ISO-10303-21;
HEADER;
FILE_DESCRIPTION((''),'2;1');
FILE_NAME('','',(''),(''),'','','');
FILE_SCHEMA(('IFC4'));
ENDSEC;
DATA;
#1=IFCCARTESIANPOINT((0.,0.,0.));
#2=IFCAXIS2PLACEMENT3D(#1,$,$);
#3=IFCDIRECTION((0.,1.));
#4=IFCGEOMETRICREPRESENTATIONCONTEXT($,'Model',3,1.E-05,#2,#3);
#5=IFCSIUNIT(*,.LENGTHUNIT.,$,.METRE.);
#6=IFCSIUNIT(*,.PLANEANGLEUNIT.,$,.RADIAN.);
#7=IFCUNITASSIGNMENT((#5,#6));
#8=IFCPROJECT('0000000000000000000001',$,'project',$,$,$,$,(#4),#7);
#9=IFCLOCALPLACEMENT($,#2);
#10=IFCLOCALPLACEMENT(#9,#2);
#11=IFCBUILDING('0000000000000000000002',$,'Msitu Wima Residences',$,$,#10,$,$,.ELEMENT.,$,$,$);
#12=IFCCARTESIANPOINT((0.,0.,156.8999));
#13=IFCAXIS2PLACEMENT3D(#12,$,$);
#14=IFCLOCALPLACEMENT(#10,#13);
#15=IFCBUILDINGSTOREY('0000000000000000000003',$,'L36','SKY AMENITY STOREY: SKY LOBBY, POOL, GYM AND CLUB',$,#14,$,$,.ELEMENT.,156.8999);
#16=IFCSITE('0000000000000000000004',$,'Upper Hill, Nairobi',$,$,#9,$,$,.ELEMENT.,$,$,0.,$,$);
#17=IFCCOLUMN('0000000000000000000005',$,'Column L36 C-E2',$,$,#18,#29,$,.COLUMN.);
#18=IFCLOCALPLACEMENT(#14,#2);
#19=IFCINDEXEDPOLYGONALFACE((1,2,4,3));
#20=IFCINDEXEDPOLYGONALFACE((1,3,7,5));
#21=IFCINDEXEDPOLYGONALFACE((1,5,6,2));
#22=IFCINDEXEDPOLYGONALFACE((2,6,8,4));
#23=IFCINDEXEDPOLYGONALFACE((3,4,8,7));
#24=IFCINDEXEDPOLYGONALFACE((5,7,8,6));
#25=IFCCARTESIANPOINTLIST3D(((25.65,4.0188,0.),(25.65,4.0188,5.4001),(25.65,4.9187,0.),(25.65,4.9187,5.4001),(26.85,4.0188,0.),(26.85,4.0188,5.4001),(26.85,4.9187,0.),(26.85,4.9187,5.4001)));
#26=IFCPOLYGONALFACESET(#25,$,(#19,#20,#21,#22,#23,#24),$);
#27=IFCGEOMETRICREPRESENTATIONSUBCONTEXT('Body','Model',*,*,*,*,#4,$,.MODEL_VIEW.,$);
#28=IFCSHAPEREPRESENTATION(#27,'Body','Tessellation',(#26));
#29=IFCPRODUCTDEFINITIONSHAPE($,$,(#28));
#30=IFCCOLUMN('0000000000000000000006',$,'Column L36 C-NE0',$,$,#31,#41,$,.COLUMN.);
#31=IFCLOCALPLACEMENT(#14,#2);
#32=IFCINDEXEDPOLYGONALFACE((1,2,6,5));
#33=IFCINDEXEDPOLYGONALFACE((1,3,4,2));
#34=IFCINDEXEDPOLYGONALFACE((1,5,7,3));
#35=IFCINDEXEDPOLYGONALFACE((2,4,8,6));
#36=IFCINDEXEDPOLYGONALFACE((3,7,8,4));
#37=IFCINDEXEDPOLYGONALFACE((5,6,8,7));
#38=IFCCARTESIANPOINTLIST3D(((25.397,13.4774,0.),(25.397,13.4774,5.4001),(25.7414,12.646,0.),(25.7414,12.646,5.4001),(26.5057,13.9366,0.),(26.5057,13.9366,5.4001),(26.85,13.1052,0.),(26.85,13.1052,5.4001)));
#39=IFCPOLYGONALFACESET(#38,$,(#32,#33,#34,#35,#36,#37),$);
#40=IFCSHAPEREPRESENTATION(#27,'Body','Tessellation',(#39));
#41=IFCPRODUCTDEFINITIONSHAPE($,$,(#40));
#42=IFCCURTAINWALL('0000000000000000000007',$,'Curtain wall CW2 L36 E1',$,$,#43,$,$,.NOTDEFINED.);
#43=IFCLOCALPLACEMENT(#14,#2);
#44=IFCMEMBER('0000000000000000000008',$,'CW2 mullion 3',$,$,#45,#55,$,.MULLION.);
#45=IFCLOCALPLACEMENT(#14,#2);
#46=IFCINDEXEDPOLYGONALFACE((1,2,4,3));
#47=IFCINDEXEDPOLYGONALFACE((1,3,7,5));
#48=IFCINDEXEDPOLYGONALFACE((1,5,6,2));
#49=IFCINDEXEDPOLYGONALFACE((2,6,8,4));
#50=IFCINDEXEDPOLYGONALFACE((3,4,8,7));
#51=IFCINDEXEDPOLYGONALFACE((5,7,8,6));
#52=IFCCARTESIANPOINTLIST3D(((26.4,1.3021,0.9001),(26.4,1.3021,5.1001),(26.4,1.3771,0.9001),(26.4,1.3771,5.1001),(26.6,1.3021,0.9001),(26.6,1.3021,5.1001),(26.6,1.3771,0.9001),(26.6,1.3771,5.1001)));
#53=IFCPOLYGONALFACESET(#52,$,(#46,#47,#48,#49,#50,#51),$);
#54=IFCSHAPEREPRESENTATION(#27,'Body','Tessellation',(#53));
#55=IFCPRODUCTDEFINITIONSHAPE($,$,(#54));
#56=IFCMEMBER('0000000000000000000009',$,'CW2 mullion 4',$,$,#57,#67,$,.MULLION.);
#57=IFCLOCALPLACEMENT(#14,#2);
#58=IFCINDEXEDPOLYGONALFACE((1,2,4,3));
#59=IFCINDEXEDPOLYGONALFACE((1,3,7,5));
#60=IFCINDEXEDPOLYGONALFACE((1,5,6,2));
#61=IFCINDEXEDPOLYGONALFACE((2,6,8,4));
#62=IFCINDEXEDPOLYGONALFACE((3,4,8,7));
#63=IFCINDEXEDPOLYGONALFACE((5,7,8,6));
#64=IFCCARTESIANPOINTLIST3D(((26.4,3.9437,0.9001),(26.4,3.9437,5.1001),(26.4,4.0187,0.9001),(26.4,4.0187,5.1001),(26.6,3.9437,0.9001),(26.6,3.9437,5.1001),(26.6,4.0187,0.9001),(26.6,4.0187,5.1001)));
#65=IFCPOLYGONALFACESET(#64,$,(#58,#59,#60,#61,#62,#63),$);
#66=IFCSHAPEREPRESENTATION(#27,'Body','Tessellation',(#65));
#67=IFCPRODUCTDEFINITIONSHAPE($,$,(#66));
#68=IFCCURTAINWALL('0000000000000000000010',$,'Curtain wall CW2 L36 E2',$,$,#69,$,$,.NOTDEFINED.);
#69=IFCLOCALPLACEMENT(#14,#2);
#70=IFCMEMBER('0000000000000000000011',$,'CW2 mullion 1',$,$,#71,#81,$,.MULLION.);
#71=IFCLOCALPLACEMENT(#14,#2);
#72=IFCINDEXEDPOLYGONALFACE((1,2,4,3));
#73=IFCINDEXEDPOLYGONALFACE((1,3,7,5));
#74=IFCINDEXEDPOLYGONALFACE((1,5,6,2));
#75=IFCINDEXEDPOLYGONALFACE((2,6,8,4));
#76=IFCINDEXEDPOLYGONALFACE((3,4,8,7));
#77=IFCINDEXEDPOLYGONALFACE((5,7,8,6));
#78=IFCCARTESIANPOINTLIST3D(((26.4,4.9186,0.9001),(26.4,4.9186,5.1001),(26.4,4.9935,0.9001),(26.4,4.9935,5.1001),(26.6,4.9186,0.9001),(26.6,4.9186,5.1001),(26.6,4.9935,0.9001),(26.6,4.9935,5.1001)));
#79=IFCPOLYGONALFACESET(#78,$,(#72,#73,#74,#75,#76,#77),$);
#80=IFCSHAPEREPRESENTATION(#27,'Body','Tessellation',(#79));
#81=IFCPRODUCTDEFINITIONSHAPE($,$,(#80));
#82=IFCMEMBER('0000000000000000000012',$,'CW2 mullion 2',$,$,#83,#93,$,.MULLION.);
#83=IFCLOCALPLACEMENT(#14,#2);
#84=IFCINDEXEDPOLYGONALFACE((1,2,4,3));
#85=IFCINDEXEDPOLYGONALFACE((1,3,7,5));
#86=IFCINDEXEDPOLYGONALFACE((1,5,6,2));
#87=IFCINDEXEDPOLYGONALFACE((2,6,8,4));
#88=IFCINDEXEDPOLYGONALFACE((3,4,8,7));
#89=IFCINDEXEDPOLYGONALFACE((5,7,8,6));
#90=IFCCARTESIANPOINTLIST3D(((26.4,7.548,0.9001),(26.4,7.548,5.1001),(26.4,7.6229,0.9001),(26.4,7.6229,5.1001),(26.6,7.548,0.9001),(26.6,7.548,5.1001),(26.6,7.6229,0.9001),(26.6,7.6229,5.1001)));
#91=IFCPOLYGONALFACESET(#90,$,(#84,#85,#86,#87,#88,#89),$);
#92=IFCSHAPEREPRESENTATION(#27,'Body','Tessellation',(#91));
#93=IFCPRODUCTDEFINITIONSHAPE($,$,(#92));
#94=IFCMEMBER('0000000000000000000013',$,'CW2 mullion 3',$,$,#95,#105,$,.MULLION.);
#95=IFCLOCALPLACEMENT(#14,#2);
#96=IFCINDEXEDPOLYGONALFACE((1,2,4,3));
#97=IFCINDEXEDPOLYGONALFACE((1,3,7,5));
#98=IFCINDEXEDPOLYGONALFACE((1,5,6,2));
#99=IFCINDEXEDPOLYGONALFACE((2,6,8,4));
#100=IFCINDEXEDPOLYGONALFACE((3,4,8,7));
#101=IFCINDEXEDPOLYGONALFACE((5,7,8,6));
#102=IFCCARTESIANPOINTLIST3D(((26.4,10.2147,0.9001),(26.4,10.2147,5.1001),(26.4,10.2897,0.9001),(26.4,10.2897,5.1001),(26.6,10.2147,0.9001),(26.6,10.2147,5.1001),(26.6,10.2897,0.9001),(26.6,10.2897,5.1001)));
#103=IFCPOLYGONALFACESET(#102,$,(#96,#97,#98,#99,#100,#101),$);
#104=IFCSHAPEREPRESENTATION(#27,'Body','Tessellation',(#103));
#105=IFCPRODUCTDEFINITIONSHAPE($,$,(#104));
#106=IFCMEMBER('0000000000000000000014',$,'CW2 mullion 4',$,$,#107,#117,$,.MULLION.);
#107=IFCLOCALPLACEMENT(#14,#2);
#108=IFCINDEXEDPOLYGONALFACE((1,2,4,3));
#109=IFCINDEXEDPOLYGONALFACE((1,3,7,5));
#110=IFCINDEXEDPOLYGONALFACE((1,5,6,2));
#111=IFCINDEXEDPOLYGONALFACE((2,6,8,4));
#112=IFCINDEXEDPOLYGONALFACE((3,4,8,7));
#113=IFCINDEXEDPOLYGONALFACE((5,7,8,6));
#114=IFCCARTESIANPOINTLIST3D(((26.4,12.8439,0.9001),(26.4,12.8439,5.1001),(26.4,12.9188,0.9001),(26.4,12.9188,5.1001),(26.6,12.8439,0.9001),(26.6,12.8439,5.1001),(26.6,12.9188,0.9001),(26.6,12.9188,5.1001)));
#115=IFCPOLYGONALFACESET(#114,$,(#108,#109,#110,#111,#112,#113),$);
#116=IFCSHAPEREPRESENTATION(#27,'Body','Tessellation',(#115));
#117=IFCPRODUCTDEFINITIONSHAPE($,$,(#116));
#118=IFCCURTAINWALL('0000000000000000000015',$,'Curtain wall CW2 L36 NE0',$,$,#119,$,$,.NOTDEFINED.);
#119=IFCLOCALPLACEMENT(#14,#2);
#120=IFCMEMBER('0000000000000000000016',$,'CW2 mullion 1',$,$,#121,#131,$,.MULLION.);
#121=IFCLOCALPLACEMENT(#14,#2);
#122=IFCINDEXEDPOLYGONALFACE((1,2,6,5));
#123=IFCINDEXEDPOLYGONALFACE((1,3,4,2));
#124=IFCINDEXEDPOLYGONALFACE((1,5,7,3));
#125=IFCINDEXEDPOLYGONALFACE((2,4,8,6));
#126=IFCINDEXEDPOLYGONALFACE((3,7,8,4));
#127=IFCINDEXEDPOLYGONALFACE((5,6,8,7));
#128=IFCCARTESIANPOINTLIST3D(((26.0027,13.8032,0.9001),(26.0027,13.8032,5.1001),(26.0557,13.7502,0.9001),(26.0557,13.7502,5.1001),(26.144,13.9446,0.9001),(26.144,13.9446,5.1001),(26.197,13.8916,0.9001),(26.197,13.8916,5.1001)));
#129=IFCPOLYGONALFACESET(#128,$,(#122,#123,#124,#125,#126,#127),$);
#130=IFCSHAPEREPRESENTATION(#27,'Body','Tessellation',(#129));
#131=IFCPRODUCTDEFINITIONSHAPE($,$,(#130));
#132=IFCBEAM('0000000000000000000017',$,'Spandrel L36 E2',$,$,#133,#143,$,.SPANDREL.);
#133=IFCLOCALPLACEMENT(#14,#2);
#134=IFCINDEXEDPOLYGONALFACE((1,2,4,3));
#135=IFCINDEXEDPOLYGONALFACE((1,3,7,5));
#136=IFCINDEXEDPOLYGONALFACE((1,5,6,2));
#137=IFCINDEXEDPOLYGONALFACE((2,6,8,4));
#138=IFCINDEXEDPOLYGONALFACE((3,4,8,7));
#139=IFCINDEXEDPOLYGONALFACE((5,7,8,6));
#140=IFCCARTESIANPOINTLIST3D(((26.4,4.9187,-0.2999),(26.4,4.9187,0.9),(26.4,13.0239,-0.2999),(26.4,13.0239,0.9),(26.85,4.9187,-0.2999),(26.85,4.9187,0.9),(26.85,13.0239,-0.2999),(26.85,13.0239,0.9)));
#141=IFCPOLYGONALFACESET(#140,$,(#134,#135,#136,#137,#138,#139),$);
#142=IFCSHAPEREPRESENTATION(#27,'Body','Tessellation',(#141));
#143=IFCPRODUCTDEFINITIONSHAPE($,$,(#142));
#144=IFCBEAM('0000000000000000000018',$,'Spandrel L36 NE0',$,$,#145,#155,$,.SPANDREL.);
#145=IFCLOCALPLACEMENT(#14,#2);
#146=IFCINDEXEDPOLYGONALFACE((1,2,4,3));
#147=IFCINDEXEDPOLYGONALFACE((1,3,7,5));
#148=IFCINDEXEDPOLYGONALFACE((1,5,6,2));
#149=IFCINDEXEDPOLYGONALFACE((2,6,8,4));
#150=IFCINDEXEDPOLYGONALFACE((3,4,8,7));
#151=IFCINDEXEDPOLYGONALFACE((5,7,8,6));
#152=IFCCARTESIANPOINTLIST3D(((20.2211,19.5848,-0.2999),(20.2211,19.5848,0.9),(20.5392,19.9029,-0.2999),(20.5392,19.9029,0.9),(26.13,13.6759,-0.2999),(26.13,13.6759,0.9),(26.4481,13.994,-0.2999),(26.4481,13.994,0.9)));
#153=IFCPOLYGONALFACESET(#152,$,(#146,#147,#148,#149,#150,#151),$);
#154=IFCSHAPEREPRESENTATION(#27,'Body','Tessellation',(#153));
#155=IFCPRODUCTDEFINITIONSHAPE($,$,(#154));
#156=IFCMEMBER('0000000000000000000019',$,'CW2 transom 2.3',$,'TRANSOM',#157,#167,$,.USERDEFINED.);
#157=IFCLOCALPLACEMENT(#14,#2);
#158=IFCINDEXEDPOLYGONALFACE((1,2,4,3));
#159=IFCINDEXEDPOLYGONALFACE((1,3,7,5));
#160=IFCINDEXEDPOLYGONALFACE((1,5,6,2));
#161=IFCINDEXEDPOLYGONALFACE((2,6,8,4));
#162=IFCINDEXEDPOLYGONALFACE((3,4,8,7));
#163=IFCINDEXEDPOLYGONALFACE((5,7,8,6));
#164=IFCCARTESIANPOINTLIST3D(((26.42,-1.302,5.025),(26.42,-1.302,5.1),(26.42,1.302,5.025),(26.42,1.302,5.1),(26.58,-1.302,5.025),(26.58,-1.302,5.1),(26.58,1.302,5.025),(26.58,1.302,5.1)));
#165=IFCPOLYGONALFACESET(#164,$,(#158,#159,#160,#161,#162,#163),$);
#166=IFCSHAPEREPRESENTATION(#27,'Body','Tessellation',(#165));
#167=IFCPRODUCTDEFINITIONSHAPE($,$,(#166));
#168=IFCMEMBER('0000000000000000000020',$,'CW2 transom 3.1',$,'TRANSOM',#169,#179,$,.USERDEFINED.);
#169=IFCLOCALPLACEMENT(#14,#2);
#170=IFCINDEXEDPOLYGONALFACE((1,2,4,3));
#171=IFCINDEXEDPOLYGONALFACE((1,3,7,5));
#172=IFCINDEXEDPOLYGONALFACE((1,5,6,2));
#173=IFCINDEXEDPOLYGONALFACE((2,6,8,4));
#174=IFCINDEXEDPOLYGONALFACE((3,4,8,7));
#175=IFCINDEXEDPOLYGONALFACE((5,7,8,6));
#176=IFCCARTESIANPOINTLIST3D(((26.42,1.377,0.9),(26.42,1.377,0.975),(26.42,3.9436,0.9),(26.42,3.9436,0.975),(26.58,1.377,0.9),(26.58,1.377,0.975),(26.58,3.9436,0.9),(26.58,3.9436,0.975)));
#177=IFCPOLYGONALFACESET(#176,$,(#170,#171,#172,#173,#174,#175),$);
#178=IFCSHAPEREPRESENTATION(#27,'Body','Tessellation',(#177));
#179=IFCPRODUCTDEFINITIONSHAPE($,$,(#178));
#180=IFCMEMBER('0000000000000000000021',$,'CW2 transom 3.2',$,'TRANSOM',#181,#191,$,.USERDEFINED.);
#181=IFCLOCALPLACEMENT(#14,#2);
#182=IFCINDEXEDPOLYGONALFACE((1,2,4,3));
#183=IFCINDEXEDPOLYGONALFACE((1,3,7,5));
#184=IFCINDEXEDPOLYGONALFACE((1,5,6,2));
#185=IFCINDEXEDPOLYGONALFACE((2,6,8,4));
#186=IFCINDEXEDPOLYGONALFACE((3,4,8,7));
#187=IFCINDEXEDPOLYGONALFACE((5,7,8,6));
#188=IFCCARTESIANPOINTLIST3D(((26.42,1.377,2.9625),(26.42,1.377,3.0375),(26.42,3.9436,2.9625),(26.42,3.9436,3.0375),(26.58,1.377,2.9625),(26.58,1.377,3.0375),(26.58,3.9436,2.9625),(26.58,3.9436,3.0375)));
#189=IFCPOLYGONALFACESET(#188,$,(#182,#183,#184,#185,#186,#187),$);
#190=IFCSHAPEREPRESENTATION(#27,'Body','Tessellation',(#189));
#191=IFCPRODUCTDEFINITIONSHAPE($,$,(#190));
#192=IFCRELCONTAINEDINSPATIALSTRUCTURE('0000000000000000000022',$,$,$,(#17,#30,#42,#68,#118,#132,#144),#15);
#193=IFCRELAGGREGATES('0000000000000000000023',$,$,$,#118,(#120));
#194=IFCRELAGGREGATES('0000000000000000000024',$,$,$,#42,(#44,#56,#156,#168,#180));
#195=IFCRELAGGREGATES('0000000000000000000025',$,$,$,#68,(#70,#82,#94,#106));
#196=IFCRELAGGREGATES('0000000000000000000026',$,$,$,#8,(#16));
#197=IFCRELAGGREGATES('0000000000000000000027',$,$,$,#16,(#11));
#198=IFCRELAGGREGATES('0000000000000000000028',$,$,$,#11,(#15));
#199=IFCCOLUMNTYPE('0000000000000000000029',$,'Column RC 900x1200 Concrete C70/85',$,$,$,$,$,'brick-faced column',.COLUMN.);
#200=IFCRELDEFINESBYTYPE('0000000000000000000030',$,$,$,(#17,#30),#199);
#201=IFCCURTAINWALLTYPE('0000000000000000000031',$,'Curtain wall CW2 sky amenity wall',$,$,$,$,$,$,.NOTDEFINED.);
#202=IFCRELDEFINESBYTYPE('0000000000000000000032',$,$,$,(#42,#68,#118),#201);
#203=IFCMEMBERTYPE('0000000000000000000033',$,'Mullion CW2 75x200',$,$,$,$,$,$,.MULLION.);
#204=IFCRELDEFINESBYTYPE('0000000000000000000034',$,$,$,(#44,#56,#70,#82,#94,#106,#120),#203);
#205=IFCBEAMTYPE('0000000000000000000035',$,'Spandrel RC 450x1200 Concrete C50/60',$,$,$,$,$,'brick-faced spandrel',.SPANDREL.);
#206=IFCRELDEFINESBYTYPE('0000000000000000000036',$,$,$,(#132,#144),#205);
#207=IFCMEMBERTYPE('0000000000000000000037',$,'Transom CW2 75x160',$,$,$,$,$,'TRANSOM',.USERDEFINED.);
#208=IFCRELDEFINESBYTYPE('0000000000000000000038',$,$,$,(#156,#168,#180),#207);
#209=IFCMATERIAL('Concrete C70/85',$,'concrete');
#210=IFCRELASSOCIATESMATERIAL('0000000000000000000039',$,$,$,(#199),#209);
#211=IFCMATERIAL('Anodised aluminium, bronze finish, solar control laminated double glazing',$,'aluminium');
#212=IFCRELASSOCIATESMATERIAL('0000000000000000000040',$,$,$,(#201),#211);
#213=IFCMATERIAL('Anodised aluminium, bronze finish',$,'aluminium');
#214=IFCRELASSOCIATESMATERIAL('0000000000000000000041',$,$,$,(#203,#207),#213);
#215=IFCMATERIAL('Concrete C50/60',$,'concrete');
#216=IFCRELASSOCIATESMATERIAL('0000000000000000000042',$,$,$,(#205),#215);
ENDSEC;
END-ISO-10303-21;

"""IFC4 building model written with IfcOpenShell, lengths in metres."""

from ifc_helpers import new_model, si_unit, direction, frame, origin, origin_2d, place, context, subcontext, project, spatial, rectangle, extrude, material, material_profile, profile_set, type_object, element, aggregate, save


model = new_model("IFC4")

# Units and contexts
model_context = context("Model", 3, precision=1e-05, world=origin(), true_north=direction((0.0, 1.0)))
body_context = subcontext(model_context, "Body", "Model", "MODEL_VIEW")
ifc_project = project(units=[si_unit("LENGTHUNIT", "METRE"), si_unit("PLANEANGLEUNIT", "RADIAN")], contexts=[model_context])

# Site, building, storey
site_placement = place(None, origin())
site = spatial("IfcSite", under=ifc_project, at=site_placement, Name="Upper Hill, Nairobi", CompositionType="ELEMENT", RefElevation=0.0)
building_placement = place(site_placement, origin())
building = spatial("IfcBuilding", under=site, at=building_placement, Name="Msitu Wima Residences", CompositionType="ELEMENT")
storey_placement = place(building_placement, frame((0.0, 0.0, 156.8999)))
storey = spatial("IfcBuildingStorey", under=building, at=storey_placement, Name="L36", Description="SKY AMENITY STOREY: SKY LOBBY, POOL, GYM AND CLUB", CompositionType="ELEMENT", Elevation=156.8999)

# Columns
ifc_material_1 = material(Name="Concrete C70/85", Category="concrete")
ifc_material_profile_1 = material_profile(ifc_material_1, rectangle(XDim=0.8999, YDim=1.2, at=origin_2d()), Name="RC 900x1200")
ifc_profile_set_1 = profile_set([ifc_material_profile_1], Name="Concrete C70/85")
column_type = type_object("IfcColumnType", Name="Column RC 900x1200 Concrete C70/85", ElementType="brick-faced column", PredefinedType="COLUMN", material=ifc_profile_set_1)
for number, where, z_axis, x_axis, name in (
    (1, (26.25, 4.4688, 0.0), (0.0, 0.0, 1.0), (0.0, 1.0, 0.0), "Column L36 C-E2"),
    (2, (26.1235, 13.2913, 0.0), (0.0, 0.0, 1.0), (-0.382683, 0.92388, 0.0), "Column L36 C-NE0"),
):
    element("IfcColumn", number, at=place(storey_placement, frame(where, z_axis=z_axis, x_axis=x_axis)), inside=storey, type_object=column_type, Name=name, PredefinedType="COLUMN", context=body_context, shape_type="SweptSolid", body=[
        extrude(rectangle(XDim=0.8999, YDim=1.2, at=origin_2d()), origin(), (0.0, 0.0, 1.0), 5.4001),
    ])

# Curtain walls, members
ifc_material_2 = material(Name="Anodised aluminium, bronze finish, solar control laminated double glazing", Category="aluminium")
curtain_wall_type = type_object("IfcCurtainWallType", Name="Curtain wall CW2 sky amenity wall", PredefinedType="NOTDEFINED", material=ifc_material_2)
curtain_wall_1_placement = place(storey_placement, origin())
curtain_wall_1 = element("IfcCurtainWall", 3, at=curtain_wall_1_placement, inside=storey, type_object=curtain_wall_type, Name="Curtain wall CW2 L36 E1", PredefinedType="NOTDEFINED")
ifc_material_3 = material(Name="Anodised aluminium, bronze finish", Category="aluminium")
ifc_material_profile_2 = material_profile(ifc_material_3, rectangle(XDim=0.2, YDim=0.075, at=origin_2d()), Name="Mullion 75x200")
ifc_profile_set_2 = profile_set([ifc_material_profile_2], Name="Anodised aluminium, bronze finish")
member_type_1 = type_object("IfcMemberType", Name="Mullion CW2 75x200", PredefinedType="MULLION", material=ifc_profile_set_2)
member_1_placement = place(storey_placement, frame((26.5, 1.3396, 0.9001), z_axis=(0.0, 0.0, 1.0), x_axis=(-1.0, 0.0, 0.0)))
member_1 = element("IfcMember", 4, at=member_1_placement, type_object=member_type_1, Name="CW2 mullion 3", PredefinedType="MULLION", context=body_context, shape_type="SweptSolid", body=[
    extrude(rectangle(XDim=0.2, YDim=0.075, at=origin_2d()), origin(), (0.0, 0.0, 1.0), 4.2),
])
member_2_placement = place(storey_placement, frame((26.5, 3.9812, 0.9001), z_axis=(0.0, 0.0, 1.0), x_axis=(-1.0, 0.0, 0.0)))
member_2 = element("IfcMember", 5, at=member_2_placement, type_object=member_type_1, Name="CW2 mullion 4", PredefinedType="MULLION", context=body_context, shape_type="SweptSolid", body=[
    extrude(rectangle(XDim=0.2, YDim=0.075, at=origin_2d()), origin(), (0.0, 0.0, 1.0), 4.2),
])
curtain_wall_2_placement = place(storey_placement, origin())
curtain_wall_2 = element("IfcCurtainWall", 6, at=curtain_wall_2_placement, inside=storey, type_object=curtain_wall_type, Name="Curtain wall CW2 L36 E2", PredefinedType="NOTDEFINED")
member_3_placement = place(storey_placement, frame((26.5, 4.9561, 0.9001), z_axis=(0.0, 0.0, 1.0), x_axis=(-1.0, 0.0, 0.0)))
member_3 = element("IfcMember", 7, at=member_3_placement, type_object=member_type_1, Name="CW2 mullion 1", PredefinedType="MULLION", context=body_context, shape_type="SweptSolid", body=[
    extrude(rectangle(XDim=0.2, YDim=0.075, at=origin_2d()), origin(), (0.0, 0.0, 1.0), 4.2),
])
member_4_placement = place(storey_placement, frame((26.5, 7.5854, 0.9001), z_axis=(0.0, 0.0, 1.0), x_axis=(-1.0, 0.0, 0.0)))
member_4 = element("IfcMember", 8, at=member_4_placement, type_object=member_type_1, Name="CW2 mullion 2", PredefinedType="MULLION", context=body_context, shape_type="SweptSolid", body=[
    extrude(rectangle(XDim=0.2, YDim=0.075, at=origin_2d()), origin(), (0.0, 0.0, 1.0), 4.2),
])
member_5_placement = place(storey_placement, frame((26.5, 10.2522, 0.9001), z_axis=(0.0, 0.0, 1.0), x_axis=(-1.0, 0.0, 0.0)))
member_5 = element("IfcMember", 9, at=member_5_placement, type_object=member_type_1, Name="CW2 mullion 3", PredefinedType="MULLION", context=body_context, shape_type="SweptSolid", body=[
    extrude(rectangle(XDim=0.2, YDim=0.075, at=origin_2d()), origin(), (0.0, 0.0, 1.0), 4.2),
])
member_6_placement = place(storey_placement, frame((26.5, 12.8813, 0.9001), z_axis=(0.0, 0.0, 1.0), x_axis=(-1.0, 0.0, 0.0)))
member_6 = element("IfcMember", 10, at=member_6_placement, type_object=member_type_1, Name="CW2 mullion 4", PredefinedType="MULLION", context=body_context, shape_type="SweptSolid", body=[
    extrude(rectangle(XDim=0.2, YDim=0.075, at=origin_2d()), origin(), (0.0, 0.0, 1.0), 4.2),
])

# Curtain wall, member
curtain_wall_3_placement = place(storey_placement, origin())
curtain_wall_3 = element("IfcCurtainWall", 11, at=curtain_wall_3_placement, inside=storey, type_object=curtain_wall_type, Name="Curtain wall CW2 L36 NE0", PredefinedType="NOTDEFINED")
member_7_placement = place(storey_placement, frame((26.0999, 13.8474, 0.9001), z_axis=(0.0, 0.0, 1.0), x_axis=(-0.707107, -0.707107, 0.0)))
member_7 = element("IfcMember", 12, at=member_7_placement, type_object=member_type_1, Name="CW2 mullion 1", PredefinedType="MULLION", context=body_context, shape_type="SweptSolid", body=[
    extrude(rectangle(XDim=0.2, YDim=0.075, at=origin_2d()), origin(), (0.0, 0.0, 1.0), 4.2),
])

# Beams
ifc_material_4 = material(Name="Concrete C50/60", Category="concrete")
ifc_material_profile_3 = material_profile(ifc_material_4, rectangle(XDim=0.45, YDim=1.2, at=origin_2d()), Name="RC 450x1200")
ifc_profile_set_3 = profile_set([ifc_material_profile_3], Name="Concrete C50/60")
beam_type = type_object("IfcBeamType", Name="Spandrel RC 450x1200 Concrete C50/60", ElementType="brick-faced spandrel", PredefinedType="SPANDREL", material=ifc_profile_set_3)
beam_1_placement = place(storey_placement, frame((26.625, 4.9187, 0.3), z_axis=(0.0, 1.0, 0.0), x_axis=(-1.0, 0.0, 0.0)))
element("IfcBeam", 13, at=beam_1_placement, inside=storey, type_object=beam_type, Name="Spandrel L36 E2", PredefinedType="SPANDREL", context=body_context, shape_type="SweptSolid", body=[
    extrude(rectangle(XDim=0.45, YDim=1.2, at=origin_2d()), origin(), (0.0, 0.0, 1.0), 8.1052),
])
beam_2_placement = place(storey_placement, frame((26.2891, 13.835, 0.3), z_axis=(-0.707107, 0.707107, 0.0), x_axis=(-0.707107, -0.707107, 0.0)))
element("IfcBeam", 14, at=beam_2_placement, inside=storey, type_object=beam_type, Name="Spandrel L36 NE0", PredefinedType="SPANDREL", context=body_context, shape_type="SweptSolid", body=[
    extrude(rectangle(XDim=0.45, YDim=1.2, at=origin_2d()), origin(), (0.0, 0.0, 1.0), 8.3564),
])

# Members
ifc_material_profile_4 = material_profile(ifc_material_3, rectangle(XDim=0.1599, YDim=0.075, at=origin_2d()), Name="Transom 75x160")
ifc_profile_set_4 = profile_set([ifc_material_profile_4], Name="Anodised aluminium, bronze finish")
member_type_2 = type_object("IfcMemberType", Name="Transom CW2 75x160", ElementType="TRANSOM", PredefinedType="USERDEFINED", material=ifc_profile_set_4)
member_8_placement = place(storey_placement, frame((26.5, -1.302, 5.0625), z_axis=(0.0, 1.0, 0.0), x_axis=(-1.0, 0.0, 0.0)))
member_8 = element("IfcMember", 15, at=member_8_placement, type_object=member_type_2, Name="CW2 transom 2.3", ObjectType="TRANSOM", PredefinedType="USERDEFINED", context=body_context, shape_type="SweptSolid", body=[
    extrude(rectangle(XDim=0.1599, YDim=0.075, at=origin_2d()), origin(), (0.0, 0.0, 1.0), 2.604),
])
member_9_placement = place(storey_placement, frame((26.5, 1.377, 0.9375), z_axis=(0.0, 1.0, 0.0), x_axis=(-1.0, 0.0, 0.0)))
member_9 = element("IfcMember", 16, at=member_9_placement, type_object=member_type_2, Name="CW2 transom 3.1", ObjectType="TRANSOM", PredefinedType="USERDEFINED", context=body_context, shape_type="SweptSolid", body=[
    extrude(rectangle(XDim=0.1599, YDim=0.075, at=origin_2d()), origin(), (0.0, 0.0, 1.0), 2.5667),
])
member_10_placement = place(storey_placement, frame((26.5, 1.377, 3.0), z_axis=(0.0, 1.0, 0.0), x_axis=(-1.0, 0.0, 0.0)))
member_10 = element("IfcMember", 17, at=member_10_placement, type_object=member_type_2, Name="CW2 transom 3.2", ObjectType="TRANSOM", PredefinedType="USERDEFINED", context=body_context, shape_type="SweptSolid", body=[
    extrude(rectangle(XDim=0.1599, YDim=0.075, at=origin_2d()), origin(), (0.0, 0.0, 1.0), 2.5667),
])
aggregate(curtain_wall_3, [member_7])

aggregate(curtain_wall_1, [member_1, member_2, member_8, member_9, member_10])
aggregate(curtain_wall_2, [member_3, member_4, member_5, member_6])

save(model, "model.ifc")
